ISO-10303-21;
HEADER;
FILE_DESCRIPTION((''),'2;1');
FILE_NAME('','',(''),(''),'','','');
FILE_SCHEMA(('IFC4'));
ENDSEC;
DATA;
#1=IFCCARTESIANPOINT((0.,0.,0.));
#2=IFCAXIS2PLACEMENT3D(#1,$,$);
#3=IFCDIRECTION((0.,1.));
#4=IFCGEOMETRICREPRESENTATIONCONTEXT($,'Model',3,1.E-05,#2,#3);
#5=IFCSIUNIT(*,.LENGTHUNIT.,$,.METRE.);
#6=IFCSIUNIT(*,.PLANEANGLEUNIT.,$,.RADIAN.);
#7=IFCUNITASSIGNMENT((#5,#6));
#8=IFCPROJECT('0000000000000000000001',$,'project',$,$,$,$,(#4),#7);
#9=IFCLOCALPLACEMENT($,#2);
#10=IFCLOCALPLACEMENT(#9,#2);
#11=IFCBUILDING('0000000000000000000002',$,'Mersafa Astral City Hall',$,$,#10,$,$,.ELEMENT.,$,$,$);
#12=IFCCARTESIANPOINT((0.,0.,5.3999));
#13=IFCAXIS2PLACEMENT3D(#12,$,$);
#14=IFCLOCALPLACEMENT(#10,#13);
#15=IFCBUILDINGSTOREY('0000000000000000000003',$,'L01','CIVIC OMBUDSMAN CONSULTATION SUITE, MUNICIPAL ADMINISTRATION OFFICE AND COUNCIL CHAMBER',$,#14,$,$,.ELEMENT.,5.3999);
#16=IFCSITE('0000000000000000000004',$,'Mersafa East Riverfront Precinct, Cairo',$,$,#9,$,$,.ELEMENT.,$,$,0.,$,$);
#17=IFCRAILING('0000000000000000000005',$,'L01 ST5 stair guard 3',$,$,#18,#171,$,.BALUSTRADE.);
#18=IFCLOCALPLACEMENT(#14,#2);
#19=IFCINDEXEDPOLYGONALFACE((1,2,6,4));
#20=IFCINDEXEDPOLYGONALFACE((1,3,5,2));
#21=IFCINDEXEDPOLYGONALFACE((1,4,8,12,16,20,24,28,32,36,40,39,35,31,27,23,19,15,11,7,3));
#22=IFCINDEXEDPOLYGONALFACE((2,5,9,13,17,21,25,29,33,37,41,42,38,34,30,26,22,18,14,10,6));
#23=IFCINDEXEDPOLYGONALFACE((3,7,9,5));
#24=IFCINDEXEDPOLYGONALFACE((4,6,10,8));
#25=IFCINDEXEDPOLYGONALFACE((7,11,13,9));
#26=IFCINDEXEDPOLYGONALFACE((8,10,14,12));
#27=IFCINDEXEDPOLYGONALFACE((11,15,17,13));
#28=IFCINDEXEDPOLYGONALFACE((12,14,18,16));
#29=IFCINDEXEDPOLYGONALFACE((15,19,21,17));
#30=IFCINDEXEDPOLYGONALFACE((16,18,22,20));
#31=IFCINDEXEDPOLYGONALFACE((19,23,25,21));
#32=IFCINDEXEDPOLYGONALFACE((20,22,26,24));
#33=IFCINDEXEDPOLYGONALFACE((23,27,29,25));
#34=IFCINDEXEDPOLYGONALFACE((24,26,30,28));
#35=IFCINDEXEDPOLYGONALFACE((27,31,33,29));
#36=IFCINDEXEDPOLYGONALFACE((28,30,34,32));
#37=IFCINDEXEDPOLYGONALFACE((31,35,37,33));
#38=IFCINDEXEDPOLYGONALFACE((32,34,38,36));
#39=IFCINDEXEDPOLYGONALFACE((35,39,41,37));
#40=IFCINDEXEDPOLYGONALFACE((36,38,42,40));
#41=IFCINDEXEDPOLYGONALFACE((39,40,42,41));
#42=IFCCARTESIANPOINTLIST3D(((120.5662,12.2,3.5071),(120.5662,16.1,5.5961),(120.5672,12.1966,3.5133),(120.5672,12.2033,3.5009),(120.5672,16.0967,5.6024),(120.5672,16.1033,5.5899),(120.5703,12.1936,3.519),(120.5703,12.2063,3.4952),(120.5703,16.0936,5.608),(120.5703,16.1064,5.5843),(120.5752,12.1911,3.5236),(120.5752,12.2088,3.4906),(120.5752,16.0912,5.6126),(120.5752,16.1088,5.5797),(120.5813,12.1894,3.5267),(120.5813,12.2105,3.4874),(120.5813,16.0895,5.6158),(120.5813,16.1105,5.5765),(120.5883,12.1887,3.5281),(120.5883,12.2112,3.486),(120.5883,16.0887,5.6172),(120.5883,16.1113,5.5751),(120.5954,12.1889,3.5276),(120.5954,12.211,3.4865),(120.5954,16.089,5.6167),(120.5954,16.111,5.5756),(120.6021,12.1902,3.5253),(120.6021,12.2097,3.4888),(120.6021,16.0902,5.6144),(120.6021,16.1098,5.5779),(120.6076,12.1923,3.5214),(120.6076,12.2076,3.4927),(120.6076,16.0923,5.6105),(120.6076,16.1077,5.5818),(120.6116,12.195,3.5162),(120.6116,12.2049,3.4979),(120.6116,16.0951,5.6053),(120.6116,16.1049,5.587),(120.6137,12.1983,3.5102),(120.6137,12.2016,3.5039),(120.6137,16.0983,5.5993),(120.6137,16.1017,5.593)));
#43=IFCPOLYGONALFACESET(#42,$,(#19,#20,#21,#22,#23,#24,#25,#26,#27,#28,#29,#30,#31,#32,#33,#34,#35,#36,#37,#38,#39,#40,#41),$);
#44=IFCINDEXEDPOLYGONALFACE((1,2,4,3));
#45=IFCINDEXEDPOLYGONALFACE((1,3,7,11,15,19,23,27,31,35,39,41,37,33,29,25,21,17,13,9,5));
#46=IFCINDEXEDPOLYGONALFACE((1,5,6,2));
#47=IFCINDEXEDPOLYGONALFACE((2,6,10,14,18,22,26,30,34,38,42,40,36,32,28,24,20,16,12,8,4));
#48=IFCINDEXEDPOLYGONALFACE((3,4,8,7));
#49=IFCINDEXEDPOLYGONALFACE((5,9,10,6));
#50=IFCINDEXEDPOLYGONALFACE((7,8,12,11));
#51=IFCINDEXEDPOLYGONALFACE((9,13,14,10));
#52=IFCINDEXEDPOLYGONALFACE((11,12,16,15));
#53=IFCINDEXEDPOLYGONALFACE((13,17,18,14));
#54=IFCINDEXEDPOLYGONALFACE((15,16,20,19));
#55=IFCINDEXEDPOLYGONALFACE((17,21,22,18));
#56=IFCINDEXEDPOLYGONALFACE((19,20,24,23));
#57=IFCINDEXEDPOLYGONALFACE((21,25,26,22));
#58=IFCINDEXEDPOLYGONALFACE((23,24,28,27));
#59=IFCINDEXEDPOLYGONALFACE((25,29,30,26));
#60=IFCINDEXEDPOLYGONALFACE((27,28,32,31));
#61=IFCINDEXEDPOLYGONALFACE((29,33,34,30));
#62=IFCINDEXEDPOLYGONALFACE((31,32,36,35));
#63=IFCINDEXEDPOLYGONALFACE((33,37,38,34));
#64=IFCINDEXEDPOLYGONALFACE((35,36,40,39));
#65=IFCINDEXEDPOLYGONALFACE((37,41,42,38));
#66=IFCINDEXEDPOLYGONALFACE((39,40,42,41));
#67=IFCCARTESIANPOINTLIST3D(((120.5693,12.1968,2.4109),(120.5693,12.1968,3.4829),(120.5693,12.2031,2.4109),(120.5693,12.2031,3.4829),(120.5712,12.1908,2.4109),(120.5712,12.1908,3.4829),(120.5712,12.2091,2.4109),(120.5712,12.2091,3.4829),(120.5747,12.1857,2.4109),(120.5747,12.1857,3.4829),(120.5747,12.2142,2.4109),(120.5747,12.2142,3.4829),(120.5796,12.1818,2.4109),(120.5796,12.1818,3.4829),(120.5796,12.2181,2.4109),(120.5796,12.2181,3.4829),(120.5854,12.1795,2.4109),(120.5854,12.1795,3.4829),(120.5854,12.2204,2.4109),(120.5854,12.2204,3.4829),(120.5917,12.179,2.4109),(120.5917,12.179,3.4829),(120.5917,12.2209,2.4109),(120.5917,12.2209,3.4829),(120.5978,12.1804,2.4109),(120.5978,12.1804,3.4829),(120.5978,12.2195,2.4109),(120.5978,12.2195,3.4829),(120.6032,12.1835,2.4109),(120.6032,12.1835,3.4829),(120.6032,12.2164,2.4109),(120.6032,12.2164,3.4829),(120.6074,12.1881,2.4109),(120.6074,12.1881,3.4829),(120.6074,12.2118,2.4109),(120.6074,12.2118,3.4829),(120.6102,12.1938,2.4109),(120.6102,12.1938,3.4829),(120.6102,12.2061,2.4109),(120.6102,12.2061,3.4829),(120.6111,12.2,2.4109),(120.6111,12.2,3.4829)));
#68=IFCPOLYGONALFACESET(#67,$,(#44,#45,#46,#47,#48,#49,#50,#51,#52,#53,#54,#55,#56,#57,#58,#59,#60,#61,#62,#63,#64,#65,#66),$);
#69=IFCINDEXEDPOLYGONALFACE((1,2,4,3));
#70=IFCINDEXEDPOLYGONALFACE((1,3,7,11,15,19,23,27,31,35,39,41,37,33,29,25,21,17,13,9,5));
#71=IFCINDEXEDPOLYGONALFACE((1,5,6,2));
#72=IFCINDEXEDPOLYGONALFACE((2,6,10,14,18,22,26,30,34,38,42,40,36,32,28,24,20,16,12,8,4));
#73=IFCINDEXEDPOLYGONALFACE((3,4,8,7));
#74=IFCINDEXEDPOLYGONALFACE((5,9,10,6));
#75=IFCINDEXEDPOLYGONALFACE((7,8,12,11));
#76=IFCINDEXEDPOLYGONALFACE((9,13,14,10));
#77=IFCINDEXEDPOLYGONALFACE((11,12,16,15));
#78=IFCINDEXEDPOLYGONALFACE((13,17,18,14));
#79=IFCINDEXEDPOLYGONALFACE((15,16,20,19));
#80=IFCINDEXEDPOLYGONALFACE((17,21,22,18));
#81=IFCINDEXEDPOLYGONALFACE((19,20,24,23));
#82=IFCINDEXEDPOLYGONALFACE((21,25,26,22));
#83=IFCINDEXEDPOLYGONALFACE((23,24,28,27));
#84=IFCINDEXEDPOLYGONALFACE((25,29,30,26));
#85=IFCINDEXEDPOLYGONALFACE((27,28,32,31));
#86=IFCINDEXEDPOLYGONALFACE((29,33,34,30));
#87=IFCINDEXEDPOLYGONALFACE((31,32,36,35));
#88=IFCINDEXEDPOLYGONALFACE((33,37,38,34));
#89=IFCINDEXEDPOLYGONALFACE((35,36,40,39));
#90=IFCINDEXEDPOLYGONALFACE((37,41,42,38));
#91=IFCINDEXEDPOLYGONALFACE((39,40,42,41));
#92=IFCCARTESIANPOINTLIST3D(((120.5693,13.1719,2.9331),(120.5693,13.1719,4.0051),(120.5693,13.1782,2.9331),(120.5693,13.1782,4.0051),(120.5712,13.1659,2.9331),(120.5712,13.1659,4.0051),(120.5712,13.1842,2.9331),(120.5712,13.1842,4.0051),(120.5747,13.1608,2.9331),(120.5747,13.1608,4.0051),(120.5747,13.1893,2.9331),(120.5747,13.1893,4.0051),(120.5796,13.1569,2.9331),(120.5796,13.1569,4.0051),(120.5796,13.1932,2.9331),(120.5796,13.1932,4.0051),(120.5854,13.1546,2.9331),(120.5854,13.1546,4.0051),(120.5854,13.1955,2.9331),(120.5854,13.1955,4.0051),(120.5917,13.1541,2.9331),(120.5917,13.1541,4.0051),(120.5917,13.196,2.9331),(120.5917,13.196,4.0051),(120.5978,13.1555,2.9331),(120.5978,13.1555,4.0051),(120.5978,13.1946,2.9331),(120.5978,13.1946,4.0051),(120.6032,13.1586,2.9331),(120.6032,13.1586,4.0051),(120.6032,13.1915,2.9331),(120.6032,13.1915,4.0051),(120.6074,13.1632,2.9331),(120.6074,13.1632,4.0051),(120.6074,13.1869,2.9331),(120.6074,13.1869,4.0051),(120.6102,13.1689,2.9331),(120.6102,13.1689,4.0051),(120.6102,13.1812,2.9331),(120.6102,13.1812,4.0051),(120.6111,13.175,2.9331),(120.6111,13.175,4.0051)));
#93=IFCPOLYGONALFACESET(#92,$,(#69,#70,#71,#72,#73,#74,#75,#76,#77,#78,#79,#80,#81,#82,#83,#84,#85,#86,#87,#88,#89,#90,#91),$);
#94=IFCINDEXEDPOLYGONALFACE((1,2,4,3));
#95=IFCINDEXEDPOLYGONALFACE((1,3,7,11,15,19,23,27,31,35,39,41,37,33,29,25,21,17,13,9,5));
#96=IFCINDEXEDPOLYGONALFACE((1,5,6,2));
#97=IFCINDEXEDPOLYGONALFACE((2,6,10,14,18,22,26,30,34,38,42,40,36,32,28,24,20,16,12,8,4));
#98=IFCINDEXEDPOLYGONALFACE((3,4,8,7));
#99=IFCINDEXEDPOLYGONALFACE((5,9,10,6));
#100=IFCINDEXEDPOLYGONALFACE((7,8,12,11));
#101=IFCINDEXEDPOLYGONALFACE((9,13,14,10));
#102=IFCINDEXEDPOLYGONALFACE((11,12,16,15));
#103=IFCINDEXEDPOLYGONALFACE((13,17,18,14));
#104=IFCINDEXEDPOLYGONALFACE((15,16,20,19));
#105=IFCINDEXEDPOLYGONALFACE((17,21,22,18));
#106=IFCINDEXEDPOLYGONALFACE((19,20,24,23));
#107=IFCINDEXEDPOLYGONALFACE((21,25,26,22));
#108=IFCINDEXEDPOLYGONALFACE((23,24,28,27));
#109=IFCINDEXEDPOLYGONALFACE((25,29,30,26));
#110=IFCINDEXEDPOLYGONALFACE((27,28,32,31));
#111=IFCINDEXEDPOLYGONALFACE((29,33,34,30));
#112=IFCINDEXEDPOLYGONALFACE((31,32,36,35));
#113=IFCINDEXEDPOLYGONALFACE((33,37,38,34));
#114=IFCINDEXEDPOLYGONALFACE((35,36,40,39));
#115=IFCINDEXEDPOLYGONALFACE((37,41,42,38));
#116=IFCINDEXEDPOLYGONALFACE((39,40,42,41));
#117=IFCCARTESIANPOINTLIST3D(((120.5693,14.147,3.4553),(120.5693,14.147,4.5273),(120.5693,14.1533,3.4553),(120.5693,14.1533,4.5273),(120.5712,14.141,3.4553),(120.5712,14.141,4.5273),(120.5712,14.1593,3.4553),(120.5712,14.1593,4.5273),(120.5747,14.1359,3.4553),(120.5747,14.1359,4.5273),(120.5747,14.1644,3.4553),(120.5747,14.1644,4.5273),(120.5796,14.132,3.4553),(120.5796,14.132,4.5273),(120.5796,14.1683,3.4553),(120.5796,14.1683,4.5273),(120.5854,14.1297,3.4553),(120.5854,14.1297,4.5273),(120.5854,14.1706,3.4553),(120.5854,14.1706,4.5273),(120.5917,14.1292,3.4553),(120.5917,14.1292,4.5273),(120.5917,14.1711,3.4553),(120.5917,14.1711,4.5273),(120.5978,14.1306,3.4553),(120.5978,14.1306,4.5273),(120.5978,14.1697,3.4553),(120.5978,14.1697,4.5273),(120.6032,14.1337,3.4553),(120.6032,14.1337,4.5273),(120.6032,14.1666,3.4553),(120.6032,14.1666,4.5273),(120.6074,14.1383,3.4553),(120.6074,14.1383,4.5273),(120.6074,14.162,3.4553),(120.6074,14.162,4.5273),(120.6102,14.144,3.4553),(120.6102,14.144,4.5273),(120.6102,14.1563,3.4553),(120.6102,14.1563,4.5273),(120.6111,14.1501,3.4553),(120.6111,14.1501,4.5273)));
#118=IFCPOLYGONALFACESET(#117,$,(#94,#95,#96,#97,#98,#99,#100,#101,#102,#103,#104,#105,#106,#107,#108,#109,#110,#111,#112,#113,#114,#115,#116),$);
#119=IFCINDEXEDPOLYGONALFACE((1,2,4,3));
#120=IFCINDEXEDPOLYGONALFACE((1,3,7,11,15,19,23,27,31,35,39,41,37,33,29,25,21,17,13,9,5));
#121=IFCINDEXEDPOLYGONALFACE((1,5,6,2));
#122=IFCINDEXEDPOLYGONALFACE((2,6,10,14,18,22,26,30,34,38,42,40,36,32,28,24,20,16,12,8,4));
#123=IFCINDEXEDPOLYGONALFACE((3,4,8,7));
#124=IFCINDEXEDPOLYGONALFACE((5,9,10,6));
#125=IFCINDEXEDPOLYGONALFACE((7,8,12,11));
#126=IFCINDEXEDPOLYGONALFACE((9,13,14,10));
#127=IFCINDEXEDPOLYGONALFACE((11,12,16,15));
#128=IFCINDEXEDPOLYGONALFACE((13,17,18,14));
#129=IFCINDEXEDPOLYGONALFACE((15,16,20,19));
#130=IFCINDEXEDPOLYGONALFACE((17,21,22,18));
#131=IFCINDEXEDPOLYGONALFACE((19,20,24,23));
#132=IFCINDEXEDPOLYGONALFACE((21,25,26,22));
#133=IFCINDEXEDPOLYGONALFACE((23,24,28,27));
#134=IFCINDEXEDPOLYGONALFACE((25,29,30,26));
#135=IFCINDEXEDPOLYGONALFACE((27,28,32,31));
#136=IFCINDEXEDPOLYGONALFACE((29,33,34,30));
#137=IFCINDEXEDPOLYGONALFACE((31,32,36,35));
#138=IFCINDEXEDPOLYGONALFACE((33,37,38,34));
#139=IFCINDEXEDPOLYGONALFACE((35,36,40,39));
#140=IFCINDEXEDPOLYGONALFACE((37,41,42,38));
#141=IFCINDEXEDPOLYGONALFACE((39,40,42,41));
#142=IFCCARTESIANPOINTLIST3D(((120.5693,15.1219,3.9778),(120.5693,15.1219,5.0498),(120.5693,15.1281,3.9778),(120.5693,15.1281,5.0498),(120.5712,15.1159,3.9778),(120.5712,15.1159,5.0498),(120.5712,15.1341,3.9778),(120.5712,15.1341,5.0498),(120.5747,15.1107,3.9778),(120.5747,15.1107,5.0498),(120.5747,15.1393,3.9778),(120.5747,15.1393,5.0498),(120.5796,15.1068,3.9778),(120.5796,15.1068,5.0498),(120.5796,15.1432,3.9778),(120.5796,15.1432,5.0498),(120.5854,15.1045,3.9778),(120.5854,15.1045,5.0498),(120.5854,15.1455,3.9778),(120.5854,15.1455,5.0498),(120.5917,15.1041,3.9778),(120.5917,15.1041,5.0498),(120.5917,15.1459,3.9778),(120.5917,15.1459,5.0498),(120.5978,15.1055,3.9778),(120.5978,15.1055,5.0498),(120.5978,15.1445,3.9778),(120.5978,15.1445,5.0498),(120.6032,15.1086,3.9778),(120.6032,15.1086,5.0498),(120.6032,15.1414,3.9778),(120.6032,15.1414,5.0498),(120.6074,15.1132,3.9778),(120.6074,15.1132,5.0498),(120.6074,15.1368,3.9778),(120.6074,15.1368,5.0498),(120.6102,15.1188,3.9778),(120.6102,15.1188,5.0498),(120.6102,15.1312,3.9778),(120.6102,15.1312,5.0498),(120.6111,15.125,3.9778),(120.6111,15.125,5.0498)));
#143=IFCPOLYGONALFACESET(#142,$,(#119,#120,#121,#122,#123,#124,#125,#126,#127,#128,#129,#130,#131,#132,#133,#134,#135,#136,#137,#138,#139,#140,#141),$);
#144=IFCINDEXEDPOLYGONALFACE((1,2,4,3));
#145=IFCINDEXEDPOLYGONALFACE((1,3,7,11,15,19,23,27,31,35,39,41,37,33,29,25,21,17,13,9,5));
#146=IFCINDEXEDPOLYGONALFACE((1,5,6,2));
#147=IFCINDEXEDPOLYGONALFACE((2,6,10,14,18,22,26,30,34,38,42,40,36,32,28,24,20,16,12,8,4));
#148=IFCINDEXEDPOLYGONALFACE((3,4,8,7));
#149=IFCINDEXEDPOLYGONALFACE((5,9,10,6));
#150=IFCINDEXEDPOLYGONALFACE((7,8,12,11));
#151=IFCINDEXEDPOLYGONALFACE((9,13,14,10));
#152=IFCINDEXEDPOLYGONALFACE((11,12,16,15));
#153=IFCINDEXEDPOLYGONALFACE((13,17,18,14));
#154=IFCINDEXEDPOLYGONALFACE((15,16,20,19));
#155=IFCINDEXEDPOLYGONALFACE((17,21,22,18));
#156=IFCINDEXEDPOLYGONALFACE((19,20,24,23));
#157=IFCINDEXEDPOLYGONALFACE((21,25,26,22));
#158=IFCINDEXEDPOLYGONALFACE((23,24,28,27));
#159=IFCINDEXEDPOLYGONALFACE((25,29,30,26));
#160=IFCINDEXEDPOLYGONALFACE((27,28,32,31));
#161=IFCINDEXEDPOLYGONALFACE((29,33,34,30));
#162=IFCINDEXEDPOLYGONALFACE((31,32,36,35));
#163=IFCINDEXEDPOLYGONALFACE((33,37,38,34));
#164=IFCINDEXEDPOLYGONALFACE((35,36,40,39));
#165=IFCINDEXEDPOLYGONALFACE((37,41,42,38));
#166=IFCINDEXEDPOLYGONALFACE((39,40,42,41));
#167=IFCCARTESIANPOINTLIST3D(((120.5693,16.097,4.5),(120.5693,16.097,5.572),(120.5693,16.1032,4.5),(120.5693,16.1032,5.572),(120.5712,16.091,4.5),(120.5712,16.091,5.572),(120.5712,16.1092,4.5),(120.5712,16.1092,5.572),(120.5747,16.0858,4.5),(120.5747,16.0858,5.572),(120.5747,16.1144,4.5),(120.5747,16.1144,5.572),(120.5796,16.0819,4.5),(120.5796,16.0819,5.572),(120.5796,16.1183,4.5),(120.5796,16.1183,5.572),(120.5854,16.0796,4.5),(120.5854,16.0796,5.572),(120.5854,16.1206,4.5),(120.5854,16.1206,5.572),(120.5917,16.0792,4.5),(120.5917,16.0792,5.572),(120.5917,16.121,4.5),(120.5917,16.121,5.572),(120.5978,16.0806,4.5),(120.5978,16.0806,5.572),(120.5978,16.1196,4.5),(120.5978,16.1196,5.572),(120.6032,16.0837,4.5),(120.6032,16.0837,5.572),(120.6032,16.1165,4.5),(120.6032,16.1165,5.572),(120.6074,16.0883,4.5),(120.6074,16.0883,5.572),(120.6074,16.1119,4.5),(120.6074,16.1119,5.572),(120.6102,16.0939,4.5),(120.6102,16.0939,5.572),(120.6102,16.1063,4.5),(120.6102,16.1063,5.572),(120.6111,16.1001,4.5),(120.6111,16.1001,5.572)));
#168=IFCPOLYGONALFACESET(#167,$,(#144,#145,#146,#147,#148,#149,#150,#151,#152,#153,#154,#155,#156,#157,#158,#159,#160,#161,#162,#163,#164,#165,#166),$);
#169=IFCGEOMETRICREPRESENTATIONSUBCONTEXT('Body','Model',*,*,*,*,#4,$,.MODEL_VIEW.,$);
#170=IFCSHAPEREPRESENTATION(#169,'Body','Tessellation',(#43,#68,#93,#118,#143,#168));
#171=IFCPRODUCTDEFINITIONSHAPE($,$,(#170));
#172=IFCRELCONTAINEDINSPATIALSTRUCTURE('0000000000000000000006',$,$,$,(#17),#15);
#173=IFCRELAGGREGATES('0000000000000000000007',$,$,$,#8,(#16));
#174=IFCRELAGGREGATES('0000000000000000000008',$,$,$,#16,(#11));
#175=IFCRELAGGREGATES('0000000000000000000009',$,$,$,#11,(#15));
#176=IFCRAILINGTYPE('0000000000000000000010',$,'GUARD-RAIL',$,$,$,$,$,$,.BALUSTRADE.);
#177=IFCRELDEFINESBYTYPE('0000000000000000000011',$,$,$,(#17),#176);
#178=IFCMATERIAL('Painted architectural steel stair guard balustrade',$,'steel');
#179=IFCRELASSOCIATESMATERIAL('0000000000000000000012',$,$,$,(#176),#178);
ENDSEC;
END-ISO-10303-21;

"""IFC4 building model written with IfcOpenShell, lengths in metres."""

from ifc_helpers import new_model, si_unit, direction, frame, origin, origin_2d, place, context, subcontext, project, spatial, circle, extrude, material, type_object, element, save


model = new_model("IFC4")

# Units and contexts
model_context = context("Model", 3, precision=1e-05, world=origin(), true_north=direction((0.0, 1.0)))
body_context = subcontext(model_context, "Body", "Model", "MODEL_VIEW")
ifc_project = project(units=[si_unit("LENGTHUNIT", "METRE"), si_unit("PLANEANGLEUNIT", "RADIAN")], contexts=[model_context])

# Site, building, storey
site_placement = place(None, origin())
site = spatial("IfcSite", under=ifc_project, at=site_placement, Name="Mersafa East Riverfront Precinct, Cairo", CompositionType="ELEMENT", RefElevation=0.0)
building_placement = place(site_placement, origin())
building = spatial("IfcBuilding", under=site, at=building_placement, Name="Mersafa Astral City Hall", CompositionType="ELEMENT")
storey_placement = place(building_placement, frame((0.0, 0.0, 5.3999)))
storey = spatial("IfcBuildingStorey", under=building, at=storey_placement, Name="L01", Description="CIVIC OMBUDSMAN CONSULTATION SUITE, MUNICIPAL ADMINISTRATION OFFICE AND COUNCIL CHAMBER", CompositionType="ELEMENT", Elevation=5.3999)

# Railing
ifc_material_1 = material(Name="Painted architectural steel stair guard balustrade", Category="steel")
railing_type_1 = type_object("IfcRailingType", Name="GUARD-RAIL", PredefinedType="BALUSTRADE", material=ifc_material_1)
railing_1_placement = place(storey_placement, frame((120.5901, 12.2, 2.4109)))
element("IfcRailing", 1, at=railing_1_placement, inside=storey, type_object=railing_type_1, Name="L01 ST5 stair guard 3", PredefinedType="BALUSTRADE", context=body_context, shape_type="SweptSolid", body=[
    extrude(circle(Radius=0.0239, at=origin_2d()), frame((0.0, 0.0, 1.0962), z_axis=(0.0, 0.881504, 0.472177), x_axis=(-1.0, 0.0, 0.0)), (0.0, 0.0, 1.0), 4.4243),
    extrude(circle(Radius=0.021, at=origin_2d()), origin(), (0.0, 0.0, 1.0), 1.072),
    extrude(circle(Radius=0.021, at=origin_2d()), frame((0.0, 0.9751, 0.5222)), (0.0, 0.0, 1.0), 1.072),
    extrude(circle(Radius=0.021, at=origin_2d()), frame((0.0, 1.9502, 1.0444)), (0.0, 0.0, 1.0), 1.072),
    extrude(circle(Radius=0.021, at=origin_2d()), frame((0.0, 2.925, 1.5669)), (0.0, 0.0, 1.0), 1.072),
    extrude(circle(Radius=0.021, at=origin_2d()), frame((0.0, 3.9001, 2.0891)), (0.0, 0.0, 1.0), 1.072),
])

save(model, "model.ifc")
